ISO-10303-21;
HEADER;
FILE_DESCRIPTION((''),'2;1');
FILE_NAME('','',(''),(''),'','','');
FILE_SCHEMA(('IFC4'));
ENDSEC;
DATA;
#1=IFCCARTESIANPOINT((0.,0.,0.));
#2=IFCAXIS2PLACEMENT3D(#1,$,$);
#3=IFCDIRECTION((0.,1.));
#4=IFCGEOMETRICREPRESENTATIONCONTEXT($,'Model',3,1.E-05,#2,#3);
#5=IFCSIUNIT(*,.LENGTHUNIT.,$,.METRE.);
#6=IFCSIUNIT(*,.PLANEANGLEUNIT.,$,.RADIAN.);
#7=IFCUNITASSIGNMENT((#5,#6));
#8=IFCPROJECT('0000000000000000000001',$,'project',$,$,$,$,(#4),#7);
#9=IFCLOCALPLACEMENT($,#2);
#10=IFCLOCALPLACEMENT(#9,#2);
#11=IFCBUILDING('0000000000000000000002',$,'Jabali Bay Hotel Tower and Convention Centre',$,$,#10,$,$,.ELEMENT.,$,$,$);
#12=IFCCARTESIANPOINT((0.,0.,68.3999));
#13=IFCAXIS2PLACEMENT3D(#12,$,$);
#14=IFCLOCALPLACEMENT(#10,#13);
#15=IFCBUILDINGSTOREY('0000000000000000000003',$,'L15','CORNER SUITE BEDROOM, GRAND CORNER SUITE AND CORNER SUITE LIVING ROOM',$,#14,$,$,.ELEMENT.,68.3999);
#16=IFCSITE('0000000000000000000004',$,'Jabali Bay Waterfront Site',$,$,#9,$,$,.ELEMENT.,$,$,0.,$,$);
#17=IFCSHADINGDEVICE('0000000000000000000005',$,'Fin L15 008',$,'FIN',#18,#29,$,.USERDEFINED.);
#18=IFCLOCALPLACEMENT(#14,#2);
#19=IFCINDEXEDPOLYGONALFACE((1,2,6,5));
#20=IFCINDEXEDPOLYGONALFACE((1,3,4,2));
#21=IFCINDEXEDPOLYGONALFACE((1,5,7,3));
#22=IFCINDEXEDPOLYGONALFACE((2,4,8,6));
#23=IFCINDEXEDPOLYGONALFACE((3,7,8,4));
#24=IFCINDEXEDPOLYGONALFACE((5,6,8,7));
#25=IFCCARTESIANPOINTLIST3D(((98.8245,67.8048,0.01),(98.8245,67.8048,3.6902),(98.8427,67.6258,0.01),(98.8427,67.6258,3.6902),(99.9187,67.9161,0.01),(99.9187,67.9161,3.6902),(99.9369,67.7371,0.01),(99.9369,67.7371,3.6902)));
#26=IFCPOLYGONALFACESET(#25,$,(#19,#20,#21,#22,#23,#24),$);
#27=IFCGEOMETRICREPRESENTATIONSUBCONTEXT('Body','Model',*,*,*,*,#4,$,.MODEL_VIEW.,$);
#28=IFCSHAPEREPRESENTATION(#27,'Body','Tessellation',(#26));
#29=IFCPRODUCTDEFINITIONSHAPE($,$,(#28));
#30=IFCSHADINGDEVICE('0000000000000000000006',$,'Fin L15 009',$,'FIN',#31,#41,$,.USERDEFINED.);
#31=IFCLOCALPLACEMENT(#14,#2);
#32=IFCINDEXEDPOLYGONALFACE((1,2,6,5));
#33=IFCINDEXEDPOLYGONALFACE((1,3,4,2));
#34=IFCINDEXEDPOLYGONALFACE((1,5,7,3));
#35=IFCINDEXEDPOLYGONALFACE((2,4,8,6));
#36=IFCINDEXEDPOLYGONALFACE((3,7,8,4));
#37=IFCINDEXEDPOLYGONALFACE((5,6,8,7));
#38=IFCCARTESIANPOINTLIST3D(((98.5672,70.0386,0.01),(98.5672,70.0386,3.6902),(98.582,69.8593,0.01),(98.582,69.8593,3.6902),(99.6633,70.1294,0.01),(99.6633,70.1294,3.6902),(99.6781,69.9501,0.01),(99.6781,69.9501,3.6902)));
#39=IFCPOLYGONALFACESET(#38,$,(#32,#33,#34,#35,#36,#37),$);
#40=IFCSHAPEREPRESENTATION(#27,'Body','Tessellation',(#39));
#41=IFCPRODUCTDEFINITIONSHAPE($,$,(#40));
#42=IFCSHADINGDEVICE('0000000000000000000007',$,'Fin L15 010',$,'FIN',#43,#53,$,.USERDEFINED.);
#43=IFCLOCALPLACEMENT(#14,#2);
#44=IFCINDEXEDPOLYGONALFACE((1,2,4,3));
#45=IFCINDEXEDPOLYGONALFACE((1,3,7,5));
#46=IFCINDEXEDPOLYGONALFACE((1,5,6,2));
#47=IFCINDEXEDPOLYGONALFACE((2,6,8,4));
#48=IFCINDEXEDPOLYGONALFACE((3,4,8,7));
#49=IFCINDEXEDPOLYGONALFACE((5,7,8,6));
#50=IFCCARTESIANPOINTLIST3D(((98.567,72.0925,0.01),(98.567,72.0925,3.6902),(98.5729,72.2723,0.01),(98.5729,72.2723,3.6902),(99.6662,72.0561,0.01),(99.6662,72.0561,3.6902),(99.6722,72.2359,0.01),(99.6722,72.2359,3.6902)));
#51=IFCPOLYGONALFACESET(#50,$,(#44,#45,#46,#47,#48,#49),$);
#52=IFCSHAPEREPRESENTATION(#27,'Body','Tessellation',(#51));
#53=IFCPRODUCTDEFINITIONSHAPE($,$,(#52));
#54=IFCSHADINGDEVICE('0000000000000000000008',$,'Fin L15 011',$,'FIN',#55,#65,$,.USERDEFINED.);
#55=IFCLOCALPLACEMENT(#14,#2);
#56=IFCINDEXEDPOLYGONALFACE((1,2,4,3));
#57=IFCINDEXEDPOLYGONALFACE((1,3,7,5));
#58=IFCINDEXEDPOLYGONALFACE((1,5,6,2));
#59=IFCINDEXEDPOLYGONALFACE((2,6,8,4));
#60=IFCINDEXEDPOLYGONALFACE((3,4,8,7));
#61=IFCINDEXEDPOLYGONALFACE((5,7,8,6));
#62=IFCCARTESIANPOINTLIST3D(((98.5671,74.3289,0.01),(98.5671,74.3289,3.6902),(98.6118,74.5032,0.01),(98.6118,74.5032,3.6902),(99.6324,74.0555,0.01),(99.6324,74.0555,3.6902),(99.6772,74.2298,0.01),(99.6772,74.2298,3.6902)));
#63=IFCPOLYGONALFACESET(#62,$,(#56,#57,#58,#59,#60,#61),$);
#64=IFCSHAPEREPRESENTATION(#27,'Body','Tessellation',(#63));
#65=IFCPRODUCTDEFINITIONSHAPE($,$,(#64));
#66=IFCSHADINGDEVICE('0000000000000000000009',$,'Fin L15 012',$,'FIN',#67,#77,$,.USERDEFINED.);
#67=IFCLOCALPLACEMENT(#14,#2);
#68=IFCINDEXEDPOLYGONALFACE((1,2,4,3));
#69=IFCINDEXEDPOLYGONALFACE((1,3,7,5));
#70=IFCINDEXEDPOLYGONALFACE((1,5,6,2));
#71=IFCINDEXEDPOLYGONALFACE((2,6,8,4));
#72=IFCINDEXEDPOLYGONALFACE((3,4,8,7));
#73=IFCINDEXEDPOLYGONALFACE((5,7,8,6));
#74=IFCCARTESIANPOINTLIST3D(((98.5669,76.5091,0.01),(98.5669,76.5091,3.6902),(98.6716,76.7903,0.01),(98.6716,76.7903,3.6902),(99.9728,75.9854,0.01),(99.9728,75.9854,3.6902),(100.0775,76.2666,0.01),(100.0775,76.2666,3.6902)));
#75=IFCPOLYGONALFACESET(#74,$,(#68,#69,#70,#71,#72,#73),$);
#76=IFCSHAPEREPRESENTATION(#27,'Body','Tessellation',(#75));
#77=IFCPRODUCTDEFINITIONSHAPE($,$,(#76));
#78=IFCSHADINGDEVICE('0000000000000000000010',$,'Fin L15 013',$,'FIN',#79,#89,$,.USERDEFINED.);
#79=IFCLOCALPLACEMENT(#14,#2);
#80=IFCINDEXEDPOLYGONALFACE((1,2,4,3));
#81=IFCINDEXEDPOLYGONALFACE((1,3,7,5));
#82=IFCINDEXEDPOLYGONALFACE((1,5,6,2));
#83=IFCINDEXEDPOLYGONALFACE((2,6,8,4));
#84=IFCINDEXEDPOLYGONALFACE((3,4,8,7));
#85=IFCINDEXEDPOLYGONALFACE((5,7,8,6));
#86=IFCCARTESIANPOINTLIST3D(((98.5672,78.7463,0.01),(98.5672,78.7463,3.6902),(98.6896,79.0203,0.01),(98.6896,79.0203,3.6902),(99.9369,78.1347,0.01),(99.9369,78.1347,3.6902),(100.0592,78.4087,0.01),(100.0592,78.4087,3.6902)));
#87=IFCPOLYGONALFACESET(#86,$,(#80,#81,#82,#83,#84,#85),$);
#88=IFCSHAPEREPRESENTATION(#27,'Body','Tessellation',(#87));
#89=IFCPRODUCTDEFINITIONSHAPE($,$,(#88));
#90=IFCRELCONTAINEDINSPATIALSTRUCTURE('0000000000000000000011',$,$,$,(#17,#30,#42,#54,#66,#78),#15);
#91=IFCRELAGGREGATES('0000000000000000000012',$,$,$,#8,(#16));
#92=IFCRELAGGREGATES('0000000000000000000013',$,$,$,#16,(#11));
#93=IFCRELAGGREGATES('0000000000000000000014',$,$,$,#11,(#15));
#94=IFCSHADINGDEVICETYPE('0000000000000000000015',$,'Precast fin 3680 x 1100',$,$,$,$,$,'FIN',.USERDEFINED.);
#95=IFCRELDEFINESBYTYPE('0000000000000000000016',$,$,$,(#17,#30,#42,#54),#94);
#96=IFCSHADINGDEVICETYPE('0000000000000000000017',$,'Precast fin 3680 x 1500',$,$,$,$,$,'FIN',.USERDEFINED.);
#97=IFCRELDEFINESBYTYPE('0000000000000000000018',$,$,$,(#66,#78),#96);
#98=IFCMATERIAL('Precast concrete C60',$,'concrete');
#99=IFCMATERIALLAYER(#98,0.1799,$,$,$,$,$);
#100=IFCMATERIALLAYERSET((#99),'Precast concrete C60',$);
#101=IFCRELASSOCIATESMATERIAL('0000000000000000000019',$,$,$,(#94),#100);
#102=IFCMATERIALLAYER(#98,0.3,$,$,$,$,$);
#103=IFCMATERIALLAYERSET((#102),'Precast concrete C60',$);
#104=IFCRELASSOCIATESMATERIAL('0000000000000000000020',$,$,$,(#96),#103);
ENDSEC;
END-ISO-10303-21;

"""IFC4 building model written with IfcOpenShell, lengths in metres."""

from ifc_helpers import new_model, si_unit, direction, frame, frame_2d, origin, place, context, subcontext, project, spatial, rectangle, extrude, material, layer, layer_set, type_object, element, save


model = new_model("IFC4")

# Units and contexts
model_context = context("Model", 3, precision=1e-05, world=origin(), true_north=direction((0.0, 1.0)))
body_context = subcontext(model_context, "Body", "Model", "MODEL_VIEW")
ifc_project = project(units=[si_unit("LENGTHUNIT", "METRE"), si_unit("PLANEANGLEUNIT", "RADIAN")], contexts=[model_context])

# Site, building, storey
site_placement = place(None, origin())
site = spatial("IfcSite", under=ifc_project, at=site_placement, Name="Jabali Bay Waterfront Site", CompositionType="ELEMENT", RefElevation=0.0)
building_placement = place(site_placement, origin())
building = spatial("IfcBuilding", under=site, at=building_placement, Name="Jabali Bay Hotel Tower and Convention Centre", CompositionType="ELEMENT")
storey_placement = place(building_placement, frame((0.0, 0.0, 68.3999)))
storey = spatial("IfcBuildingStorey", under=building, at=storey_placement, Name="L15", Description="CORNER SUITE BEDROOM, GRAND CORNER SUITE AND CORNER SUITE LIVING ROOM", CompositionType="ELEMENT", Elevation=68.3999)

# Shading devices
ifc_material_1 = material(Name="Precast concrete C60", Category="concrete")
ifc_layer_1 = layer(ifc_material_1, 0.1799)
ifc_layer_set_1 = layer_set([ifc_layer_1], Name="Precast concrete C60")
shading_device_type_1 = type_object("IfcShadingDeviceType", Name="Precast fin 3680 x 1100", ElementType="FIN", PredefinedType="USERDEFINED", material=ifc_layer_set_1)
for number, where, z_axis, x_axis, name in (
    (1, (98.8337, 67.7153, 0.01), (0.0, 0.0, 1.0), (0.994864, 0.101218, 0.0), "Fin L15 008"),
    (2, (98.5747, 69.949, 0.01), (0.0, 0.0, 1.0), (0.996585, 0.082568, 0.0), "Fin L15 009"),
    (3, (98.5701, 72.1824, 0.01), (0.0, 0.0, 1.0), (0.999453, -0.033071, 0.0), "Fin L15 010"),
    (4, (98.5896, 74.416, 0.01), (0.0, 0.0, 1.0), (0.968609, -0.248589, 0.0), "Fin L15 011"),
):
    element("IfcShadingDevice", number, at=place(storey_placement, frame(where, z_axis=z_axis, x_axis=x_axis)), inside=storey, type_object=shading_device_type_1, Name=name, ObjectType="FIN", PredefinedType="USERDEFINED", context=body_context, shape_type="SweptSolid", body=[
        extrude(rectangle(XDim=1.0999, YDim=0.1799, at=frame_2d((0.5498, 0.0))), origin(), (0.0, 0.0, 1.0), 3.6802),
    ])
ifc_layer_2 = layer(ifc_material_1, 0.3)
ifc_layer_set_2 = layer_set([ifc_layer_2], Name="Precast concrete C60")
shading_device_type_2 = type_object("IfcShadingDeviceType", Name="Precast fin 3680 x 1500", ElementType="FIN", PredefinedType="USERDEFINED", material=ifc_layer_set_2)
shading_device_1_placement = place(storey_placement, frame((98.6194, 76.6497, 0.01), z_axis=(0.0, 0.0, 1.0), x_axis=(0.937089, -0.349089, 0.0)))
element("IfcShadingDevice", 5, at=shading_device_1_placement, inside=storey, type_object=shading_device_type_2, Name="Fin L15 012", ObjectType="FIN", PredefinedType="USERDEFINED", context=body_context, shape_type="SweptSolid", body=[
    extrude(rectangle(XDim=1.5002, YDim=0.3, at=frame_2d((0.75, 0.0))), origin(), (0.0, 0.0, 1.0), 3.6802),
])
shading_device_2_placement = place(storey_placement, frame((98.6284, 78.8833, 0.01), z_axis=(0.0, 0.0, 1.0), x_axis=(0.913105, -0.407724, 0.0)))
element("IfcShadingDevice", 6, at=shading_device_2_placement, inside=storey, type_object=shading_device_type_2, Name="Fin L15 013", ObjectType="FIN", PredefinedType="USERDEFINED", context=body_context, shape_type="SweptSolid", body=[
    extrude(rectangle(XDim=1.5, YDim=0.3, at=frame_2d((0.75, 0.0))), origin(), (0.0, 0.0, 1.0), 3.6802),
])

save(model, "model.ifc")
